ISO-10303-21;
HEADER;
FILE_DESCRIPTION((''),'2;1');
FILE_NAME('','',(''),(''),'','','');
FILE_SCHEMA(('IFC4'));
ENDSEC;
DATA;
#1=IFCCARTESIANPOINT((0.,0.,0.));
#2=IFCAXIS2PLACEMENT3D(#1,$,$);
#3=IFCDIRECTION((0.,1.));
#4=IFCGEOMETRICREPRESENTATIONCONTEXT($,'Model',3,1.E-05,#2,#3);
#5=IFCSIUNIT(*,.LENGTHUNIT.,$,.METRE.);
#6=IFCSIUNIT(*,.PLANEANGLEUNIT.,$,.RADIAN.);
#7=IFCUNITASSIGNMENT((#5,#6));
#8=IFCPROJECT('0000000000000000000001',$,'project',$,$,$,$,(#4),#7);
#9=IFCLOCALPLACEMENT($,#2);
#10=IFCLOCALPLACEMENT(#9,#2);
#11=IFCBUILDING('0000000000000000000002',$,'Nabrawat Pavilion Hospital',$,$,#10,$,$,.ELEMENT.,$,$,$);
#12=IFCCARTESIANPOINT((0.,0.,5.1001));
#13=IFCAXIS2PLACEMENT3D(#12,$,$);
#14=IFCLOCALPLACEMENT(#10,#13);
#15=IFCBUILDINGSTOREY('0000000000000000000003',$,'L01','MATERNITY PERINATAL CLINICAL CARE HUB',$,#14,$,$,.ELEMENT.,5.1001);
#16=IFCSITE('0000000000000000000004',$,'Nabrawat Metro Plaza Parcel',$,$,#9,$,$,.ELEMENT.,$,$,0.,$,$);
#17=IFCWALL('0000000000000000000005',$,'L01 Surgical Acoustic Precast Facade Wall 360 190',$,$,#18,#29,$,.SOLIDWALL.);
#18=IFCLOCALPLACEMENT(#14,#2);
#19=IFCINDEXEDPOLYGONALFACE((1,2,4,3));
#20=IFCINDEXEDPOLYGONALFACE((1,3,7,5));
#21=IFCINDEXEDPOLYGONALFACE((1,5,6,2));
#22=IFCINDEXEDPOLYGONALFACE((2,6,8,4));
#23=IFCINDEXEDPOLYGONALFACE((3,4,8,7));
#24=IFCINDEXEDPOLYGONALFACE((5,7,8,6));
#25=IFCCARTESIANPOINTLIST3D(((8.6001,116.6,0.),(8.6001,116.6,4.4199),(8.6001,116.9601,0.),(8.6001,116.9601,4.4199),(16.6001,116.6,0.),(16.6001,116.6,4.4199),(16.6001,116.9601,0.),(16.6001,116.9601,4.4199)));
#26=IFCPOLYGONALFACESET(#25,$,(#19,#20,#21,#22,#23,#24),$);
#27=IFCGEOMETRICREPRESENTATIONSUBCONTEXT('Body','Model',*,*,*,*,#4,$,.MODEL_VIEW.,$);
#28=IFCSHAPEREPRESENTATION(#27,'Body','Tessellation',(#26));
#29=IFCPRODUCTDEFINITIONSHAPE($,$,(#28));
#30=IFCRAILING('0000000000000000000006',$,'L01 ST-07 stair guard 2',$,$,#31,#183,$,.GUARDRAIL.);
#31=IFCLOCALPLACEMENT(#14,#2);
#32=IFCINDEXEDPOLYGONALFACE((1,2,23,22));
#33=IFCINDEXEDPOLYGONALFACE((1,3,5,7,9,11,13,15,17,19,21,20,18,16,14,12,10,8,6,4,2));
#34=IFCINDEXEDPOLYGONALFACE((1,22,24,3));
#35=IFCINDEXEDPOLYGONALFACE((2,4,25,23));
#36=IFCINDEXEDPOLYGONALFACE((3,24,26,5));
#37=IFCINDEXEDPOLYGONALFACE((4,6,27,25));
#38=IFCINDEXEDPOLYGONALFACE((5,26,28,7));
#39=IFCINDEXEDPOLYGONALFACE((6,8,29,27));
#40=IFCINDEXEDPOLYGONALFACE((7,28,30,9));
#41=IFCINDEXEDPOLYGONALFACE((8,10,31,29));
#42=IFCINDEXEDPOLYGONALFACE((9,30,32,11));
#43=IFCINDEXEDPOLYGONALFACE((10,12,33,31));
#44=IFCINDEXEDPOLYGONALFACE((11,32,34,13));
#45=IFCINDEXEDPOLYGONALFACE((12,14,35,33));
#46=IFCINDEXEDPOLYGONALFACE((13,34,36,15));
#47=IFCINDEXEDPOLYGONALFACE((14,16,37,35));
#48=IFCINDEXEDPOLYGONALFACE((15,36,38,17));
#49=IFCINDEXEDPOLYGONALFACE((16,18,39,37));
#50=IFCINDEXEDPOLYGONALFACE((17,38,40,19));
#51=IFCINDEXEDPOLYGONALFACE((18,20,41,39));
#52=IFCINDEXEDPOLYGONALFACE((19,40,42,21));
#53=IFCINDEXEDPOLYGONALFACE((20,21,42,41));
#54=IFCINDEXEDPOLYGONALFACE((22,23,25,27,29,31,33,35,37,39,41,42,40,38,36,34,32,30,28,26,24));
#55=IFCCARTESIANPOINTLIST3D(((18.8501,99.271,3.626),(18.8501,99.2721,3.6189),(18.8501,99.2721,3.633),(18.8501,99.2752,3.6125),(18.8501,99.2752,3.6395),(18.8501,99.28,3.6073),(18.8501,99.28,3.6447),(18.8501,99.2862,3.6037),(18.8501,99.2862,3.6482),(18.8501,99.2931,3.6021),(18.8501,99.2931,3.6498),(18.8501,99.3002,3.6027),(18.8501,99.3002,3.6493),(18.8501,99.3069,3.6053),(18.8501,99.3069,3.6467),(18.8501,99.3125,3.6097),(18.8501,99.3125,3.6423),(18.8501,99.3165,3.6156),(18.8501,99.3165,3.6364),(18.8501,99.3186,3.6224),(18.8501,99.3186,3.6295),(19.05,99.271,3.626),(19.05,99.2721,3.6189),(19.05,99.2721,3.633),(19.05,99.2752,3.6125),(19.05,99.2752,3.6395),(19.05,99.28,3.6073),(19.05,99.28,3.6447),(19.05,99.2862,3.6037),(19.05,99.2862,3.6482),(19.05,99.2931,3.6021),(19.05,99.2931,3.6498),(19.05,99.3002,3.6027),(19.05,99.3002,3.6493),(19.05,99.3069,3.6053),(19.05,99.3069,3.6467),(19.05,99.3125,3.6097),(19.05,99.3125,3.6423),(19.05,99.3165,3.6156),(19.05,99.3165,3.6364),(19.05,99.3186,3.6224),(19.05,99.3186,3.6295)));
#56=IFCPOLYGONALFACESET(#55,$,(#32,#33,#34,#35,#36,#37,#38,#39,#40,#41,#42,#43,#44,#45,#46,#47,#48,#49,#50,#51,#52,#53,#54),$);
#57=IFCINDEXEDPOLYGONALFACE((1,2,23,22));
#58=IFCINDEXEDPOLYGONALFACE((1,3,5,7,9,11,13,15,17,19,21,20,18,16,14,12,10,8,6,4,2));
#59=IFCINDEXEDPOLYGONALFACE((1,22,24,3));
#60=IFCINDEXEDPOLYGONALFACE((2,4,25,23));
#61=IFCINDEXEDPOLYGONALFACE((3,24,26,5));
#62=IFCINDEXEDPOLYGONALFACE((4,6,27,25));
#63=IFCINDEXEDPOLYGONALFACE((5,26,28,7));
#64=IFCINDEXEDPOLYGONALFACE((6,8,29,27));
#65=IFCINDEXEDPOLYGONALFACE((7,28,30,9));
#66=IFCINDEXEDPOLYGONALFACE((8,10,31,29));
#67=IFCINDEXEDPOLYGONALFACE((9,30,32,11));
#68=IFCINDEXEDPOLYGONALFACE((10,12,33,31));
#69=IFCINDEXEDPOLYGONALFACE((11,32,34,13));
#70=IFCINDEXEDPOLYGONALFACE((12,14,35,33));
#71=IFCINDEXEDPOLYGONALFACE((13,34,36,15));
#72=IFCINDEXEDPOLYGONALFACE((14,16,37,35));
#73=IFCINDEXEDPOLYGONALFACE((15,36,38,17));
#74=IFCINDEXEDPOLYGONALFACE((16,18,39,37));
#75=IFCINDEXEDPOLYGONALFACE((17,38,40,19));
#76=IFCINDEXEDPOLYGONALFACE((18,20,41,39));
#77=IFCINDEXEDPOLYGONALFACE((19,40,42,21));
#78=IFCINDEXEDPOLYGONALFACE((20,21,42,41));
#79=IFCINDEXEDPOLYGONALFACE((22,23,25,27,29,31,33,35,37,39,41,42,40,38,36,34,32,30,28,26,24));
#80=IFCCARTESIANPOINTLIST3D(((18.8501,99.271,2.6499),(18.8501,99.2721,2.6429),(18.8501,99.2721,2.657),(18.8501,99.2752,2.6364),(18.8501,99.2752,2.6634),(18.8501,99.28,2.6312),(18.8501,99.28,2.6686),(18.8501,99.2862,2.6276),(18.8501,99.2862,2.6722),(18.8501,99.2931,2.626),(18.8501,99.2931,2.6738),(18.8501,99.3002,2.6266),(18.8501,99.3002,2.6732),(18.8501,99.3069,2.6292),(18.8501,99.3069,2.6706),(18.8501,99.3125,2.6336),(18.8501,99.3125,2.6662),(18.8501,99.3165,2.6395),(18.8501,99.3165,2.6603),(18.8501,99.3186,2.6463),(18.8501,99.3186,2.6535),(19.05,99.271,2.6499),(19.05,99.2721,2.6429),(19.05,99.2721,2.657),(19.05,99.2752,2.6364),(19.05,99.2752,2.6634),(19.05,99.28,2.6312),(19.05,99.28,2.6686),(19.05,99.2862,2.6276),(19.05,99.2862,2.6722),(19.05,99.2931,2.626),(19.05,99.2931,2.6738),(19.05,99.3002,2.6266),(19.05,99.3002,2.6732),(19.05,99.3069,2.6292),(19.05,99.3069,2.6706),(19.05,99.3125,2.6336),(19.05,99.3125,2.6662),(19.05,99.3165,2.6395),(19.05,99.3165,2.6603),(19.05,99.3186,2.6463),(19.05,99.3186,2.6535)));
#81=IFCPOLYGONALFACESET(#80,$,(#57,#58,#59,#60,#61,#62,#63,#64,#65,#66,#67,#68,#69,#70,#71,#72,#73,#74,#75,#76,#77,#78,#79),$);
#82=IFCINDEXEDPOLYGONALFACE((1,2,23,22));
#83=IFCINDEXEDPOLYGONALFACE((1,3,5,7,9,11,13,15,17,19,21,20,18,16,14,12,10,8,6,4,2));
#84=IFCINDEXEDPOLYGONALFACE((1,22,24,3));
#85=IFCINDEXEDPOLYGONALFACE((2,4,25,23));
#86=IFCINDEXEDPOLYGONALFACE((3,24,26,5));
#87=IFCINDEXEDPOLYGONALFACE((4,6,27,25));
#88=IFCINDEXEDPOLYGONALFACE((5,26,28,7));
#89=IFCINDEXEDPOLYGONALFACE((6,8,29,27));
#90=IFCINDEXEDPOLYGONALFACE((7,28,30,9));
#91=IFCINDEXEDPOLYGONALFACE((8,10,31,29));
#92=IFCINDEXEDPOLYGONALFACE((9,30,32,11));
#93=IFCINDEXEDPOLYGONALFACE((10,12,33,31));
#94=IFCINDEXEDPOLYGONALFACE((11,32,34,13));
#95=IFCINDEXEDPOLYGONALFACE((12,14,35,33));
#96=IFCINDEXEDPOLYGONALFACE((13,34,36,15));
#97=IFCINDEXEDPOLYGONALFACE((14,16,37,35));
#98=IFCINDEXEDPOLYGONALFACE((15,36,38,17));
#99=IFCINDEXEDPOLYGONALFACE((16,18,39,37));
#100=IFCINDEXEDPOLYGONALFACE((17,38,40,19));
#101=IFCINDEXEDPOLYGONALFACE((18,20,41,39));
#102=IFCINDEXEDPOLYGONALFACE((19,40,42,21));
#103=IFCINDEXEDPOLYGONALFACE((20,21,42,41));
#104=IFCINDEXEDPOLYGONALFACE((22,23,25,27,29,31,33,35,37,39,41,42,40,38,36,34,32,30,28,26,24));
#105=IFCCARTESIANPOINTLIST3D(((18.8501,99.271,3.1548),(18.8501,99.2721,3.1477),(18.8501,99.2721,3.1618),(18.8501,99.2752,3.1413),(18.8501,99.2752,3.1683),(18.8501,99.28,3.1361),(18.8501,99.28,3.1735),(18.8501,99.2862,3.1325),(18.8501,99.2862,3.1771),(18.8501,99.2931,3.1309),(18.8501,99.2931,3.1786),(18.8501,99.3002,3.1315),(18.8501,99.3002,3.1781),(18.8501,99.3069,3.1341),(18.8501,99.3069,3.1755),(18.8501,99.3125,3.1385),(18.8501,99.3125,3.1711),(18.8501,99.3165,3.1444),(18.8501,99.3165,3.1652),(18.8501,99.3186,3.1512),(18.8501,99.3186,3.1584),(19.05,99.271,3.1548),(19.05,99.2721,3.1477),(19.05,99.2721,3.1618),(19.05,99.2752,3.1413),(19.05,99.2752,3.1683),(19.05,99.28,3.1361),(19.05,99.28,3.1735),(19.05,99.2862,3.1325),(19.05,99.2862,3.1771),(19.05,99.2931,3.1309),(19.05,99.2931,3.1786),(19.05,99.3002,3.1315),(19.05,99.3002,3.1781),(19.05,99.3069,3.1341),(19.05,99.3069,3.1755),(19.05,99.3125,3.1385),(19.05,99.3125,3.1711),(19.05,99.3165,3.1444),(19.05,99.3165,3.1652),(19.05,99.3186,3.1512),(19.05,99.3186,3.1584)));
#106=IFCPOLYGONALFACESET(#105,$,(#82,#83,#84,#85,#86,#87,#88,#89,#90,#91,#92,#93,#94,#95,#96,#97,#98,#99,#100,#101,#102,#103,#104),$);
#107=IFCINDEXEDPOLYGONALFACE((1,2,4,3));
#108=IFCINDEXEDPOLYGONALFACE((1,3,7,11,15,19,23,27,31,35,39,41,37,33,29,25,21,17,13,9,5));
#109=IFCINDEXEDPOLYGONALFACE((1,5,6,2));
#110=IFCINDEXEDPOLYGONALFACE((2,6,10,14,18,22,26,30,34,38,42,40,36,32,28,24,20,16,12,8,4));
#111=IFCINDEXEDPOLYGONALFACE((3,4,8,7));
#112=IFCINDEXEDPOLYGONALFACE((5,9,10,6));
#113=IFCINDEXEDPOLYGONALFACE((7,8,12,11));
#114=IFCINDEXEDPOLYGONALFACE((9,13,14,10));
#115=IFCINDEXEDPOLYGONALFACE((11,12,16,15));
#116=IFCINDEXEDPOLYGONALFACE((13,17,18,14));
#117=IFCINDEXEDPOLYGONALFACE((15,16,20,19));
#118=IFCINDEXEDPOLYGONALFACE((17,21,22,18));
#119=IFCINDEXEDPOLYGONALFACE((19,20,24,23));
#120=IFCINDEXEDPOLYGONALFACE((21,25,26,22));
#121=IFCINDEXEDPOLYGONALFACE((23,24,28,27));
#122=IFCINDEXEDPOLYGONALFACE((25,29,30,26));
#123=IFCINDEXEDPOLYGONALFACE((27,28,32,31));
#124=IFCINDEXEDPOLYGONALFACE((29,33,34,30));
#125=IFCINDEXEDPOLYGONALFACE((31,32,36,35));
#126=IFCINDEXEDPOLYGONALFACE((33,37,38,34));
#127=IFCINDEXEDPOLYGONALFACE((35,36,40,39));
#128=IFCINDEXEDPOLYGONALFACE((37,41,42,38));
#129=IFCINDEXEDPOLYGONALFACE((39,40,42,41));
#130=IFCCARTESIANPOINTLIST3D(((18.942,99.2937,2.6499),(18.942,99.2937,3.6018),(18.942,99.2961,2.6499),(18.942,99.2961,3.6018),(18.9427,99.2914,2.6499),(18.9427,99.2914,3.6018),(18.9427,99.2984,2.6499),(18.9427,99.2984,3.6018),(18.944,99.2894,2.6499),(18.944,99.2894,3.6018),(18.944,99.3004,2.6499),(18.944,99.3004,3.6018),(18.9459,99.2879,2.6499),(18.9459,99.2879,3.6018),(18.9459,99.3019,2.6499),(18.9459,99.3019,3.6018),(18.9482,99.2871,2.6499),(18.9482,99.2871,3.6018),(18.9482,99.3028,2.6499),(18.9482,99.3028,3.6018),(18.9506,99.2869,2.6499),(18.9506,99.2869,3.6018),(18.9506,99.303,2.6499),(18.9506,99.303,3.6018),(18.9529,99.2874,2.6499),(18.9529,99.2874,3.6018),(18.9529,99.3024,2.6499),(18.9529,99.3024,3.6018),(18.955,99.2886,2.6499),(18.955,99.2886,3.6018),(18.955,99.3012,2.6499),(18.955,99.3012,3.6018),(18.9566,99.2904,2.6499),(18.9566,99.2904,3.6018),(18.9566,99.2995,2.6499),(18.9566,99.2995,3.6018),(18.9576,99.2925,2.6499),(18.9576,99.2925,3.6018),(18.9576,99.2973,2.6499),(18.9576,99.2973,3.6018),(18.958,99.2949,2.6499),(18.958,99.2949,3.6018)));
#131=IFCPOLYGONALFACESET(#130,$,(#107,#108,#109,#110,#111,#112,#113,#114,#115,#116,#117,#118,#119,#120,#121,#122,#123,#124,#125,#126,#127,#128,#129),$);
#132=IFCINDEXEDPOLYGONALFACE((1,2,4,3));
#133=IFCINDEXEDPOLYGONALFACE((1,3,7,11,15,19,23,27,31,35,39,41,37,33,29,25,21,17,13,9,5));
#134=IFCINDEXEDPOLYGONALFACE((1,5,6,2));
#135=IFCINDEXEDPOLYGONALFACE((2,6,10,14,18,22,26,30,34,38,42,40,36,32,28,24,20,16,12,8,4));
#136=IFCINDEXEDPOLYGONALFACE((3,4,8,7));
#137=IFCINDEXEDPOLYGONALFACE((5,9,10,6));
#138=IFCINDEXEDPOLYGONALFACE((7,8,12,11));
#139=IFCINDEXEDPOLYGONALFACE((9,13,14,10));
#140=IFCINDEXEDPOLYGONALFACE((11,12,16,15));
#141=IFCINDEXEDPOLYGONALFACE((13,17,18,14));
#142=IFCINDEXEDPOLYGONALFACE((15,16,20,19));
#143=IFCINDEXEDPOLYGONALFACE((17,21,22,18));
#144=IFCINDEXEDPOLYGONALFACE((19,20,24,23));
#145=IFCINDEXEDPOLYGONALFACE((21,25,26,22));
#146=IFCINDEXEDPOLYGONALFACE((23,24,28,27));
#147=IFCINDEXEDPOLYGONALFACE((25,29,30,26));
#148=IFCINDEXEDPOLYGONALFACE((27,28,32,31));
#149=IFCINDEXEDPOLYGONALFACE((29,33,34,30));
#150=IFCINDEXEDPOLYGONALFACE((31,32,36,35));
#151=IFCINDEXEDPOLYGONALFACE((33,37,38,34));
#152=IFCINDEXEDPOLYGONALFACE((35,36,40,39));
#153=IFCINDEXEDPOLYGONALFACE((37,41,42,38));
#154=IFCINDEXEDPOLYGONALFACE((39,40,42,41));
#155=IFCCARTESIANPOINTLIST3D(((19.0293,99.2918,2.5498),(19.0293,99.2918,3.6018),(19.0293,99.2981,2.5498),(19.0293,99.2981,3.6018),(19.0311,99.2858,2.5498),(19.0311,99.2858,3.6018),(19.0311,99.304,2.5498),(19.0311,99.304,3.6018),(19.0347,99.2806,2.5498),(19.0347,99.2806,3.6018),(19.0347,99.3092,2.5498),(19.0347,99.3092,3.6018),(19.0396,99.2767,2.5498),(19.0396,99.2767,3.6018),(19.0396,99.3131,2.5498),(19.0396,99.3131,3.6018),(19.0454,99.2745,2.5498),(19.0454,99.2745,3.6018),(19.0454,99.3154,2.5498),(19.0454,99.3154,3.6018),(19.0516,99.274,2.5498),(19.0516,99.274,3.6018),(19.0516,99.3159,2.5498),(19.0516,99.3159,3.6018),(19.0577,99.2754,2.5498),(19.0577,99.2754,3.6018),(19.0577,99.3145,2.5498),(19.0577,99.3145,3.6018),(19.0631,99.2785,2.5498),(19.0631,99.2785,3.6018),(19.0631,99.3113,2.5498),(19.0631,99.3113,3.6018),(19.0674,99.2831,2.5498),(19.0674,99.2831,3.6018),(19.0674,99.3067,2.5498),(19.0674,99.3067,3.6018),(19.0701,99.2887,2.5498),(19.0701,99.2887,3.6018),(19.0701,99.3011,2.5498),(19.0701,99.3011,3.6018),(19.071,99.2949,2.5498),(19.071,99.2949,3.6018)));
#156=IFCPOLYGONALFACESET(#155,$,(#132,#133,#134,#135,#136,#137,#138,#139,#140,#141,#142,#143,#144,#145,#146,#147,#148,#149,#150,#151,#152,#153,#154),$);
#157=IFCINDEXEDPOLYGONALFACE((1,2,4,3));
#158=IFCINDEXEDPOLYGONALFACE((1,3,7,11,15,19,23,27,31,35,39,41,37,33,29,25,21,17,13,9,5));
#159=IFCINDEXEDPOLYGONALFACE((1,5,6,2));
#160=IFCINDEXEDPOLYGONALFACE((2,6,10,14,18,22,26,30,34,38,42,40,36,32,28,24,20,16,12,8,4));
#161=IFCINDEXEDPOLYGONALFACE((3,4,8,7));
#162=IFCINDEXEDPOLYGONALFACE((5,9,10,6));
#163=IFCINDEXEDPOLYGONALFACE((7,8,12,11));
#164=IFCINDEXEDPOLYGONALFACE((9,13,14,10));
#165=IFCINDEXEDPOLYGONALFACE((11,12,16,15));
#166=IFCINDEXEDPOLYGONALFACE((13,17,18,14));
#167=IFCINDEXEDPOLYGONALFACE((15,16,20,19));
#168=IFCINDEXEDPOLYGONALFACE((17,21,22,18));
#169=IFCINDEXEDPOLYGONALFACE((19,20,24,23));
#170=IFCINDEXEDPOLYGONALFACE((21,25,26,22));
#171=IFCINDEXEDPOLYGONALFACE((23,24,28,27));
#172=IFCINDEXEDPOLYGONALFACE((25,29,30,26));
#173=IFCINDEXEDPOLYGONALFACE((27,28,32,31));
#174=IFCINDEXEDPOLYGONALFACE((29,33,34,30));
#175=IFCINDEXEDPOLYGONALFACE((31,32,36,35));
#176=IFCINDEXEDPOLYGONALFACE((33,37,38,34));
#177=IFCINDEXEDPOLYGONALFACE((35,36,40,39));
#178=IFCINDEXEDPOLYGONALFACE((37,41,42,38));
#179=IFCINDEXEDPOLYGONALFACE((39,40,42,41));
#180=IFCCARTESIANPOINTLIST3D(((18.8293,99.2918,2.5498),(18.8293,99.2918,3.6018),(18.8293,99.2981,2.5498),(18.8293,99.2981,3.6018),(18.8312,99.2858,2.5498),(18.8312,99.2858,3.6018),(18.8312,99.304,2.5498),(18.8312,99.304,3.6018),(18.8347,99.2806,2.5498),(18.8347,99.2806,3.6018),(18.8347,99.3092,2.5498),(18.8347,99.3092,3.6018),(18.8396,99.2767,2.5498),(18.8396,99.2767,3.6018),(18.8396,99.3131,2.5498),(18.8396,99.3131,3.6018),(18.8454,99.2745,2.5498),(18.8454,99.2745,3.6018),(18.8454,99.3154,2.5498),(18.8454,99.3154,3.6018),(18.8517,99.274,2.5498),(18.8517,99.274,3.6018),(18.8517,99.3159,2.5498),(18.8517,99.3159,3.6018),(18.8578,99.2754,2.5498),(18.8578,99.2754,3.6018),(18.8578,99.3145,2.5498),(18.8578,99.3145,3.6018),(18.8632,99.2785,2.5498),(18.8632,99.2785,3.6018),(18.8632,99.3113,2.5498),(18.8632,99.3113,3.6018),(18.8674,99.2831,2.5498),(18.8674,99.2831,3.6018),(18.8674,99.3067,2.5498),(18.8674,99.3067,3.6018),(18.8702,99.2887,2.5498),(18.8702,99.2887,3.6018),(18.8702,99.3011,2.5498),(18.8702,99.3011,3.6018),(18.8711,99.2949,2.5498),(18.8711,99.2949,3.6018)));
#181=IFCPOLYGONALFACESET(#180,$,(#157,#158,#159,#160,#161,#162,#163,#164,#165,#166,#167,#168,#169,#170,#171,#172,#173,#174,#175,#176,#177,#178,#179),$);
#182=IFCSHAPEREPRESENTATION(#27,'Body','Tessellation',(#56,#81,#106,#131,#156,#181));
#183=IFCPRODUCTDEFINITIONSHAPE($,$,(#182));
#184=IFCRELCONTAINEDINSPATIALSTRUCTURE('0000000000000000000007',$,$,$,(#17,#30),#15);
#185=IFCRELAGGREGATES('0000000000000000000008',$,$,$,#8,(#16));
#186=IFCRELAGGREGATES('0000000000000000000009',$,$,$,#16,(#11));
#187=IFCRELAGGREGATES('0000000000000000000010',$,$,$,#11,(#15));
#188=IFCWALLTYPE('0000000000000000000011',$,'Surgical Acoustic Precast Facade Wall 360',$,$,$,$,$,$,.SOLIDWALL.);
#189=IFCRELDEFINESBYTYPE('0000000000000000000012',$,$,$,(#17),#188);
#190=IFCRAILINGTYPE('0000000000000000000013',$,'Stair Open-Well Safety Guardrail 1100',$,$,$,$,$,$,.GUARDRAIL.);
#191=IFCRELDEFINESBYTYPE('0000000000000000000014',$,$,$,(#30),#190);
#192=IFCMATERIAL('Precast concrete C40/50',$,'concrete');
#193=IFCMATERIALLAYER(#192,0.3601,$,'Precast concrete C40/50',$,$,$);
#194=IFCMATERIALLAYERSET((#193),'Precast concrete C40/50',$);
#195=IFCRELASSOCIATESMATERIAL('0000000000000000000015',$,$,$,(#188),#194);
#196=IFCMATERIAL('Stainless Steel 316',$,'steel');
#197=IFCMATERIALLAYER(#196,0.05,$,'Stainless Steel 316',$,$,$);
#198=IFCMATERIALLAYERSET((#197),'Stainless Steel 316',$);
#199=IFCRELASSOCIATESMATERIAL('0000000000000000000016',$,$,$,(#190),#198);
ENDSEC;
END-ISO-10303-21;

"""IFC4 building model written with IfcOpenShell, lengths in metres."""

from ifc_helpers import new_model, si_unit, direction, frame, frame_2d, origin, origin_2d, place, context, subcontext, project, spatial, rectangle, circle, extrude, material, layer, layer_set, type_object, element, save


model = new_model("IFC4")

# Units and contexts
model_context = context("Model", 3, precision=1e-05, world=origin(), true_north=direction((0.0, 1.0)))
body_context = subcontext(model_context, "Body", "Model", "MODEL_VIEW")
ifc_project = project(units=[si_unit("LENGTHUNIT", "METRE"), si_unit("PLANEANGLEUNIT", "RADIAN")], contexts=[model_context])

# Site, building, storey
site_placement = place(None, origin())
site = spatial("IfcSite", under=ifc_project, at=site_placement, Name="Nabrawat Metro Plaza Parcel", CompositionType="ELEMENT", RefElevation=0.0)
building_placement = place(site_placement, origin())
building = spatial("IfcBuilding", under=site, at=building_placement, Name="Nabrawat Pavilion Hospital", CompositionType="ELEMENT")
storey_placement = place(building_placement, frame((0.0, 0.0, 5.1001)))
storey = spatial("IfcBuildingStorey", under=building, at=storey_placement, Name="L01", Description="MATERNITY PERINATAL CLINICAL CARE HUB", CompositionType="ELEMENT", Elevation=5.1001)

# Shared definitions
ifc_material_1 = material(Name="Precast concrete C40/50", Category="concrete")
ifc_layer_1 = layer(ifc_material_1, 0.3601, Name="Precast concrete C40/50")
ifc_layer_set_1 = layer_set([ifc_layer_1], Name="Precast concrete C40/50")
wall_type_1 = type_object("IfcWallType", Name="Surgical Acoustic Precast Facade Wall 360", PredefinedType="SOLIDWALL", material=ifc_layer_set_1)

# Wall
wall_1_placement = place(storey_placement, frame((8.6001, 116.78, 0.0), z_axis=(0.0, 0.0, 1.0), x_axis=(1.0, 0.0, 0.0)))
element("IfcWall", 1, at=wall_1_placement, inside=storey, type_object=wall_type_1, Name="L01 Surgical Acoustic Precast Facade Wall 360 190", PredefinedType="SOLIDWALL", context=body_context, shape_type="SweptSolid", body=[
    extrude(rectangle(XDim=8.0, YDim=0.3601, at=frame_2d((4.0, 0.0))), origin(), (0.0, 0.0, 1.0), 4.4199),
])

# Railing
ifc_material_2 = material(Name="Stainless Steel 316", Category="steel")
ifc_layer_2 = layer(ifc_material_2, 0.05, Name="Stainless Steel 316")
ifc_layer_set_2 = layer_set([ifc_layer_2], Name="Stainless Steel 316")
railing_type = type_object("IfcRailingType", Name="Stair Open-Well Safety Guardrail 1100", PredefinedType="GUARDRAIL", material=ifc_layer_set_2)
railing_placement = place(storey_placement, frame((19.05, 99.2949, 2.5498)))
element("IfcRailing", 2, at=railing_placement, inside=storey, type_object=railing_type, Name="L01 ST-07 stair guard 2", PredefinedType="GUARDRAIL", context=body_context, shape_type="SweptSolid", body=[
    extrude(circle(Radius=0.0239, at=origin_2d()), frame((0.0, 0.0, 1.0762), z_axis=(-1.0, 0.0, 0.0), x_axis=(0.0, -1.0, 0.0)), (0.0, 0.0, 1.0), 0.2),
    extrude(circle(Radius=0.0239, at=origin_2d()), frame((0.0, 0.0, 0.1001), z_axis=(-1.0, 0.0, 0.0), x_axis=(0.0, -1.0, 0.0)), (0.0, 0.0, 1.0), 0.2),
    extrude(circle(Radius=0.0239, at=origin_2d()), frame((0.0, 0.0, 0.605), z_axis=(-1.0, 0.0, 0.0), x_axis=(0.0, -1.0, 0.0)), (0.0, 0.0, 1.0), 0.2),
    extrude(circle(Radius=0.0081, at=origin_2d()), frame((-0.1001, 0.0, 0.1001)), (0.0, 0.0, 1.0), 0.9519),
    extrude(circle(Radius=0.021, at=origin_2d()), origin(), (0.0, 0.0, 1.0), 1.052),
    extrude(circle(Radius=0.021, at=origin_2d()), frame((-0.2, 0.0, 0.0)), (0.0, 0.0, 1.0), 1.052),
])

save(model, "model.ifc")
